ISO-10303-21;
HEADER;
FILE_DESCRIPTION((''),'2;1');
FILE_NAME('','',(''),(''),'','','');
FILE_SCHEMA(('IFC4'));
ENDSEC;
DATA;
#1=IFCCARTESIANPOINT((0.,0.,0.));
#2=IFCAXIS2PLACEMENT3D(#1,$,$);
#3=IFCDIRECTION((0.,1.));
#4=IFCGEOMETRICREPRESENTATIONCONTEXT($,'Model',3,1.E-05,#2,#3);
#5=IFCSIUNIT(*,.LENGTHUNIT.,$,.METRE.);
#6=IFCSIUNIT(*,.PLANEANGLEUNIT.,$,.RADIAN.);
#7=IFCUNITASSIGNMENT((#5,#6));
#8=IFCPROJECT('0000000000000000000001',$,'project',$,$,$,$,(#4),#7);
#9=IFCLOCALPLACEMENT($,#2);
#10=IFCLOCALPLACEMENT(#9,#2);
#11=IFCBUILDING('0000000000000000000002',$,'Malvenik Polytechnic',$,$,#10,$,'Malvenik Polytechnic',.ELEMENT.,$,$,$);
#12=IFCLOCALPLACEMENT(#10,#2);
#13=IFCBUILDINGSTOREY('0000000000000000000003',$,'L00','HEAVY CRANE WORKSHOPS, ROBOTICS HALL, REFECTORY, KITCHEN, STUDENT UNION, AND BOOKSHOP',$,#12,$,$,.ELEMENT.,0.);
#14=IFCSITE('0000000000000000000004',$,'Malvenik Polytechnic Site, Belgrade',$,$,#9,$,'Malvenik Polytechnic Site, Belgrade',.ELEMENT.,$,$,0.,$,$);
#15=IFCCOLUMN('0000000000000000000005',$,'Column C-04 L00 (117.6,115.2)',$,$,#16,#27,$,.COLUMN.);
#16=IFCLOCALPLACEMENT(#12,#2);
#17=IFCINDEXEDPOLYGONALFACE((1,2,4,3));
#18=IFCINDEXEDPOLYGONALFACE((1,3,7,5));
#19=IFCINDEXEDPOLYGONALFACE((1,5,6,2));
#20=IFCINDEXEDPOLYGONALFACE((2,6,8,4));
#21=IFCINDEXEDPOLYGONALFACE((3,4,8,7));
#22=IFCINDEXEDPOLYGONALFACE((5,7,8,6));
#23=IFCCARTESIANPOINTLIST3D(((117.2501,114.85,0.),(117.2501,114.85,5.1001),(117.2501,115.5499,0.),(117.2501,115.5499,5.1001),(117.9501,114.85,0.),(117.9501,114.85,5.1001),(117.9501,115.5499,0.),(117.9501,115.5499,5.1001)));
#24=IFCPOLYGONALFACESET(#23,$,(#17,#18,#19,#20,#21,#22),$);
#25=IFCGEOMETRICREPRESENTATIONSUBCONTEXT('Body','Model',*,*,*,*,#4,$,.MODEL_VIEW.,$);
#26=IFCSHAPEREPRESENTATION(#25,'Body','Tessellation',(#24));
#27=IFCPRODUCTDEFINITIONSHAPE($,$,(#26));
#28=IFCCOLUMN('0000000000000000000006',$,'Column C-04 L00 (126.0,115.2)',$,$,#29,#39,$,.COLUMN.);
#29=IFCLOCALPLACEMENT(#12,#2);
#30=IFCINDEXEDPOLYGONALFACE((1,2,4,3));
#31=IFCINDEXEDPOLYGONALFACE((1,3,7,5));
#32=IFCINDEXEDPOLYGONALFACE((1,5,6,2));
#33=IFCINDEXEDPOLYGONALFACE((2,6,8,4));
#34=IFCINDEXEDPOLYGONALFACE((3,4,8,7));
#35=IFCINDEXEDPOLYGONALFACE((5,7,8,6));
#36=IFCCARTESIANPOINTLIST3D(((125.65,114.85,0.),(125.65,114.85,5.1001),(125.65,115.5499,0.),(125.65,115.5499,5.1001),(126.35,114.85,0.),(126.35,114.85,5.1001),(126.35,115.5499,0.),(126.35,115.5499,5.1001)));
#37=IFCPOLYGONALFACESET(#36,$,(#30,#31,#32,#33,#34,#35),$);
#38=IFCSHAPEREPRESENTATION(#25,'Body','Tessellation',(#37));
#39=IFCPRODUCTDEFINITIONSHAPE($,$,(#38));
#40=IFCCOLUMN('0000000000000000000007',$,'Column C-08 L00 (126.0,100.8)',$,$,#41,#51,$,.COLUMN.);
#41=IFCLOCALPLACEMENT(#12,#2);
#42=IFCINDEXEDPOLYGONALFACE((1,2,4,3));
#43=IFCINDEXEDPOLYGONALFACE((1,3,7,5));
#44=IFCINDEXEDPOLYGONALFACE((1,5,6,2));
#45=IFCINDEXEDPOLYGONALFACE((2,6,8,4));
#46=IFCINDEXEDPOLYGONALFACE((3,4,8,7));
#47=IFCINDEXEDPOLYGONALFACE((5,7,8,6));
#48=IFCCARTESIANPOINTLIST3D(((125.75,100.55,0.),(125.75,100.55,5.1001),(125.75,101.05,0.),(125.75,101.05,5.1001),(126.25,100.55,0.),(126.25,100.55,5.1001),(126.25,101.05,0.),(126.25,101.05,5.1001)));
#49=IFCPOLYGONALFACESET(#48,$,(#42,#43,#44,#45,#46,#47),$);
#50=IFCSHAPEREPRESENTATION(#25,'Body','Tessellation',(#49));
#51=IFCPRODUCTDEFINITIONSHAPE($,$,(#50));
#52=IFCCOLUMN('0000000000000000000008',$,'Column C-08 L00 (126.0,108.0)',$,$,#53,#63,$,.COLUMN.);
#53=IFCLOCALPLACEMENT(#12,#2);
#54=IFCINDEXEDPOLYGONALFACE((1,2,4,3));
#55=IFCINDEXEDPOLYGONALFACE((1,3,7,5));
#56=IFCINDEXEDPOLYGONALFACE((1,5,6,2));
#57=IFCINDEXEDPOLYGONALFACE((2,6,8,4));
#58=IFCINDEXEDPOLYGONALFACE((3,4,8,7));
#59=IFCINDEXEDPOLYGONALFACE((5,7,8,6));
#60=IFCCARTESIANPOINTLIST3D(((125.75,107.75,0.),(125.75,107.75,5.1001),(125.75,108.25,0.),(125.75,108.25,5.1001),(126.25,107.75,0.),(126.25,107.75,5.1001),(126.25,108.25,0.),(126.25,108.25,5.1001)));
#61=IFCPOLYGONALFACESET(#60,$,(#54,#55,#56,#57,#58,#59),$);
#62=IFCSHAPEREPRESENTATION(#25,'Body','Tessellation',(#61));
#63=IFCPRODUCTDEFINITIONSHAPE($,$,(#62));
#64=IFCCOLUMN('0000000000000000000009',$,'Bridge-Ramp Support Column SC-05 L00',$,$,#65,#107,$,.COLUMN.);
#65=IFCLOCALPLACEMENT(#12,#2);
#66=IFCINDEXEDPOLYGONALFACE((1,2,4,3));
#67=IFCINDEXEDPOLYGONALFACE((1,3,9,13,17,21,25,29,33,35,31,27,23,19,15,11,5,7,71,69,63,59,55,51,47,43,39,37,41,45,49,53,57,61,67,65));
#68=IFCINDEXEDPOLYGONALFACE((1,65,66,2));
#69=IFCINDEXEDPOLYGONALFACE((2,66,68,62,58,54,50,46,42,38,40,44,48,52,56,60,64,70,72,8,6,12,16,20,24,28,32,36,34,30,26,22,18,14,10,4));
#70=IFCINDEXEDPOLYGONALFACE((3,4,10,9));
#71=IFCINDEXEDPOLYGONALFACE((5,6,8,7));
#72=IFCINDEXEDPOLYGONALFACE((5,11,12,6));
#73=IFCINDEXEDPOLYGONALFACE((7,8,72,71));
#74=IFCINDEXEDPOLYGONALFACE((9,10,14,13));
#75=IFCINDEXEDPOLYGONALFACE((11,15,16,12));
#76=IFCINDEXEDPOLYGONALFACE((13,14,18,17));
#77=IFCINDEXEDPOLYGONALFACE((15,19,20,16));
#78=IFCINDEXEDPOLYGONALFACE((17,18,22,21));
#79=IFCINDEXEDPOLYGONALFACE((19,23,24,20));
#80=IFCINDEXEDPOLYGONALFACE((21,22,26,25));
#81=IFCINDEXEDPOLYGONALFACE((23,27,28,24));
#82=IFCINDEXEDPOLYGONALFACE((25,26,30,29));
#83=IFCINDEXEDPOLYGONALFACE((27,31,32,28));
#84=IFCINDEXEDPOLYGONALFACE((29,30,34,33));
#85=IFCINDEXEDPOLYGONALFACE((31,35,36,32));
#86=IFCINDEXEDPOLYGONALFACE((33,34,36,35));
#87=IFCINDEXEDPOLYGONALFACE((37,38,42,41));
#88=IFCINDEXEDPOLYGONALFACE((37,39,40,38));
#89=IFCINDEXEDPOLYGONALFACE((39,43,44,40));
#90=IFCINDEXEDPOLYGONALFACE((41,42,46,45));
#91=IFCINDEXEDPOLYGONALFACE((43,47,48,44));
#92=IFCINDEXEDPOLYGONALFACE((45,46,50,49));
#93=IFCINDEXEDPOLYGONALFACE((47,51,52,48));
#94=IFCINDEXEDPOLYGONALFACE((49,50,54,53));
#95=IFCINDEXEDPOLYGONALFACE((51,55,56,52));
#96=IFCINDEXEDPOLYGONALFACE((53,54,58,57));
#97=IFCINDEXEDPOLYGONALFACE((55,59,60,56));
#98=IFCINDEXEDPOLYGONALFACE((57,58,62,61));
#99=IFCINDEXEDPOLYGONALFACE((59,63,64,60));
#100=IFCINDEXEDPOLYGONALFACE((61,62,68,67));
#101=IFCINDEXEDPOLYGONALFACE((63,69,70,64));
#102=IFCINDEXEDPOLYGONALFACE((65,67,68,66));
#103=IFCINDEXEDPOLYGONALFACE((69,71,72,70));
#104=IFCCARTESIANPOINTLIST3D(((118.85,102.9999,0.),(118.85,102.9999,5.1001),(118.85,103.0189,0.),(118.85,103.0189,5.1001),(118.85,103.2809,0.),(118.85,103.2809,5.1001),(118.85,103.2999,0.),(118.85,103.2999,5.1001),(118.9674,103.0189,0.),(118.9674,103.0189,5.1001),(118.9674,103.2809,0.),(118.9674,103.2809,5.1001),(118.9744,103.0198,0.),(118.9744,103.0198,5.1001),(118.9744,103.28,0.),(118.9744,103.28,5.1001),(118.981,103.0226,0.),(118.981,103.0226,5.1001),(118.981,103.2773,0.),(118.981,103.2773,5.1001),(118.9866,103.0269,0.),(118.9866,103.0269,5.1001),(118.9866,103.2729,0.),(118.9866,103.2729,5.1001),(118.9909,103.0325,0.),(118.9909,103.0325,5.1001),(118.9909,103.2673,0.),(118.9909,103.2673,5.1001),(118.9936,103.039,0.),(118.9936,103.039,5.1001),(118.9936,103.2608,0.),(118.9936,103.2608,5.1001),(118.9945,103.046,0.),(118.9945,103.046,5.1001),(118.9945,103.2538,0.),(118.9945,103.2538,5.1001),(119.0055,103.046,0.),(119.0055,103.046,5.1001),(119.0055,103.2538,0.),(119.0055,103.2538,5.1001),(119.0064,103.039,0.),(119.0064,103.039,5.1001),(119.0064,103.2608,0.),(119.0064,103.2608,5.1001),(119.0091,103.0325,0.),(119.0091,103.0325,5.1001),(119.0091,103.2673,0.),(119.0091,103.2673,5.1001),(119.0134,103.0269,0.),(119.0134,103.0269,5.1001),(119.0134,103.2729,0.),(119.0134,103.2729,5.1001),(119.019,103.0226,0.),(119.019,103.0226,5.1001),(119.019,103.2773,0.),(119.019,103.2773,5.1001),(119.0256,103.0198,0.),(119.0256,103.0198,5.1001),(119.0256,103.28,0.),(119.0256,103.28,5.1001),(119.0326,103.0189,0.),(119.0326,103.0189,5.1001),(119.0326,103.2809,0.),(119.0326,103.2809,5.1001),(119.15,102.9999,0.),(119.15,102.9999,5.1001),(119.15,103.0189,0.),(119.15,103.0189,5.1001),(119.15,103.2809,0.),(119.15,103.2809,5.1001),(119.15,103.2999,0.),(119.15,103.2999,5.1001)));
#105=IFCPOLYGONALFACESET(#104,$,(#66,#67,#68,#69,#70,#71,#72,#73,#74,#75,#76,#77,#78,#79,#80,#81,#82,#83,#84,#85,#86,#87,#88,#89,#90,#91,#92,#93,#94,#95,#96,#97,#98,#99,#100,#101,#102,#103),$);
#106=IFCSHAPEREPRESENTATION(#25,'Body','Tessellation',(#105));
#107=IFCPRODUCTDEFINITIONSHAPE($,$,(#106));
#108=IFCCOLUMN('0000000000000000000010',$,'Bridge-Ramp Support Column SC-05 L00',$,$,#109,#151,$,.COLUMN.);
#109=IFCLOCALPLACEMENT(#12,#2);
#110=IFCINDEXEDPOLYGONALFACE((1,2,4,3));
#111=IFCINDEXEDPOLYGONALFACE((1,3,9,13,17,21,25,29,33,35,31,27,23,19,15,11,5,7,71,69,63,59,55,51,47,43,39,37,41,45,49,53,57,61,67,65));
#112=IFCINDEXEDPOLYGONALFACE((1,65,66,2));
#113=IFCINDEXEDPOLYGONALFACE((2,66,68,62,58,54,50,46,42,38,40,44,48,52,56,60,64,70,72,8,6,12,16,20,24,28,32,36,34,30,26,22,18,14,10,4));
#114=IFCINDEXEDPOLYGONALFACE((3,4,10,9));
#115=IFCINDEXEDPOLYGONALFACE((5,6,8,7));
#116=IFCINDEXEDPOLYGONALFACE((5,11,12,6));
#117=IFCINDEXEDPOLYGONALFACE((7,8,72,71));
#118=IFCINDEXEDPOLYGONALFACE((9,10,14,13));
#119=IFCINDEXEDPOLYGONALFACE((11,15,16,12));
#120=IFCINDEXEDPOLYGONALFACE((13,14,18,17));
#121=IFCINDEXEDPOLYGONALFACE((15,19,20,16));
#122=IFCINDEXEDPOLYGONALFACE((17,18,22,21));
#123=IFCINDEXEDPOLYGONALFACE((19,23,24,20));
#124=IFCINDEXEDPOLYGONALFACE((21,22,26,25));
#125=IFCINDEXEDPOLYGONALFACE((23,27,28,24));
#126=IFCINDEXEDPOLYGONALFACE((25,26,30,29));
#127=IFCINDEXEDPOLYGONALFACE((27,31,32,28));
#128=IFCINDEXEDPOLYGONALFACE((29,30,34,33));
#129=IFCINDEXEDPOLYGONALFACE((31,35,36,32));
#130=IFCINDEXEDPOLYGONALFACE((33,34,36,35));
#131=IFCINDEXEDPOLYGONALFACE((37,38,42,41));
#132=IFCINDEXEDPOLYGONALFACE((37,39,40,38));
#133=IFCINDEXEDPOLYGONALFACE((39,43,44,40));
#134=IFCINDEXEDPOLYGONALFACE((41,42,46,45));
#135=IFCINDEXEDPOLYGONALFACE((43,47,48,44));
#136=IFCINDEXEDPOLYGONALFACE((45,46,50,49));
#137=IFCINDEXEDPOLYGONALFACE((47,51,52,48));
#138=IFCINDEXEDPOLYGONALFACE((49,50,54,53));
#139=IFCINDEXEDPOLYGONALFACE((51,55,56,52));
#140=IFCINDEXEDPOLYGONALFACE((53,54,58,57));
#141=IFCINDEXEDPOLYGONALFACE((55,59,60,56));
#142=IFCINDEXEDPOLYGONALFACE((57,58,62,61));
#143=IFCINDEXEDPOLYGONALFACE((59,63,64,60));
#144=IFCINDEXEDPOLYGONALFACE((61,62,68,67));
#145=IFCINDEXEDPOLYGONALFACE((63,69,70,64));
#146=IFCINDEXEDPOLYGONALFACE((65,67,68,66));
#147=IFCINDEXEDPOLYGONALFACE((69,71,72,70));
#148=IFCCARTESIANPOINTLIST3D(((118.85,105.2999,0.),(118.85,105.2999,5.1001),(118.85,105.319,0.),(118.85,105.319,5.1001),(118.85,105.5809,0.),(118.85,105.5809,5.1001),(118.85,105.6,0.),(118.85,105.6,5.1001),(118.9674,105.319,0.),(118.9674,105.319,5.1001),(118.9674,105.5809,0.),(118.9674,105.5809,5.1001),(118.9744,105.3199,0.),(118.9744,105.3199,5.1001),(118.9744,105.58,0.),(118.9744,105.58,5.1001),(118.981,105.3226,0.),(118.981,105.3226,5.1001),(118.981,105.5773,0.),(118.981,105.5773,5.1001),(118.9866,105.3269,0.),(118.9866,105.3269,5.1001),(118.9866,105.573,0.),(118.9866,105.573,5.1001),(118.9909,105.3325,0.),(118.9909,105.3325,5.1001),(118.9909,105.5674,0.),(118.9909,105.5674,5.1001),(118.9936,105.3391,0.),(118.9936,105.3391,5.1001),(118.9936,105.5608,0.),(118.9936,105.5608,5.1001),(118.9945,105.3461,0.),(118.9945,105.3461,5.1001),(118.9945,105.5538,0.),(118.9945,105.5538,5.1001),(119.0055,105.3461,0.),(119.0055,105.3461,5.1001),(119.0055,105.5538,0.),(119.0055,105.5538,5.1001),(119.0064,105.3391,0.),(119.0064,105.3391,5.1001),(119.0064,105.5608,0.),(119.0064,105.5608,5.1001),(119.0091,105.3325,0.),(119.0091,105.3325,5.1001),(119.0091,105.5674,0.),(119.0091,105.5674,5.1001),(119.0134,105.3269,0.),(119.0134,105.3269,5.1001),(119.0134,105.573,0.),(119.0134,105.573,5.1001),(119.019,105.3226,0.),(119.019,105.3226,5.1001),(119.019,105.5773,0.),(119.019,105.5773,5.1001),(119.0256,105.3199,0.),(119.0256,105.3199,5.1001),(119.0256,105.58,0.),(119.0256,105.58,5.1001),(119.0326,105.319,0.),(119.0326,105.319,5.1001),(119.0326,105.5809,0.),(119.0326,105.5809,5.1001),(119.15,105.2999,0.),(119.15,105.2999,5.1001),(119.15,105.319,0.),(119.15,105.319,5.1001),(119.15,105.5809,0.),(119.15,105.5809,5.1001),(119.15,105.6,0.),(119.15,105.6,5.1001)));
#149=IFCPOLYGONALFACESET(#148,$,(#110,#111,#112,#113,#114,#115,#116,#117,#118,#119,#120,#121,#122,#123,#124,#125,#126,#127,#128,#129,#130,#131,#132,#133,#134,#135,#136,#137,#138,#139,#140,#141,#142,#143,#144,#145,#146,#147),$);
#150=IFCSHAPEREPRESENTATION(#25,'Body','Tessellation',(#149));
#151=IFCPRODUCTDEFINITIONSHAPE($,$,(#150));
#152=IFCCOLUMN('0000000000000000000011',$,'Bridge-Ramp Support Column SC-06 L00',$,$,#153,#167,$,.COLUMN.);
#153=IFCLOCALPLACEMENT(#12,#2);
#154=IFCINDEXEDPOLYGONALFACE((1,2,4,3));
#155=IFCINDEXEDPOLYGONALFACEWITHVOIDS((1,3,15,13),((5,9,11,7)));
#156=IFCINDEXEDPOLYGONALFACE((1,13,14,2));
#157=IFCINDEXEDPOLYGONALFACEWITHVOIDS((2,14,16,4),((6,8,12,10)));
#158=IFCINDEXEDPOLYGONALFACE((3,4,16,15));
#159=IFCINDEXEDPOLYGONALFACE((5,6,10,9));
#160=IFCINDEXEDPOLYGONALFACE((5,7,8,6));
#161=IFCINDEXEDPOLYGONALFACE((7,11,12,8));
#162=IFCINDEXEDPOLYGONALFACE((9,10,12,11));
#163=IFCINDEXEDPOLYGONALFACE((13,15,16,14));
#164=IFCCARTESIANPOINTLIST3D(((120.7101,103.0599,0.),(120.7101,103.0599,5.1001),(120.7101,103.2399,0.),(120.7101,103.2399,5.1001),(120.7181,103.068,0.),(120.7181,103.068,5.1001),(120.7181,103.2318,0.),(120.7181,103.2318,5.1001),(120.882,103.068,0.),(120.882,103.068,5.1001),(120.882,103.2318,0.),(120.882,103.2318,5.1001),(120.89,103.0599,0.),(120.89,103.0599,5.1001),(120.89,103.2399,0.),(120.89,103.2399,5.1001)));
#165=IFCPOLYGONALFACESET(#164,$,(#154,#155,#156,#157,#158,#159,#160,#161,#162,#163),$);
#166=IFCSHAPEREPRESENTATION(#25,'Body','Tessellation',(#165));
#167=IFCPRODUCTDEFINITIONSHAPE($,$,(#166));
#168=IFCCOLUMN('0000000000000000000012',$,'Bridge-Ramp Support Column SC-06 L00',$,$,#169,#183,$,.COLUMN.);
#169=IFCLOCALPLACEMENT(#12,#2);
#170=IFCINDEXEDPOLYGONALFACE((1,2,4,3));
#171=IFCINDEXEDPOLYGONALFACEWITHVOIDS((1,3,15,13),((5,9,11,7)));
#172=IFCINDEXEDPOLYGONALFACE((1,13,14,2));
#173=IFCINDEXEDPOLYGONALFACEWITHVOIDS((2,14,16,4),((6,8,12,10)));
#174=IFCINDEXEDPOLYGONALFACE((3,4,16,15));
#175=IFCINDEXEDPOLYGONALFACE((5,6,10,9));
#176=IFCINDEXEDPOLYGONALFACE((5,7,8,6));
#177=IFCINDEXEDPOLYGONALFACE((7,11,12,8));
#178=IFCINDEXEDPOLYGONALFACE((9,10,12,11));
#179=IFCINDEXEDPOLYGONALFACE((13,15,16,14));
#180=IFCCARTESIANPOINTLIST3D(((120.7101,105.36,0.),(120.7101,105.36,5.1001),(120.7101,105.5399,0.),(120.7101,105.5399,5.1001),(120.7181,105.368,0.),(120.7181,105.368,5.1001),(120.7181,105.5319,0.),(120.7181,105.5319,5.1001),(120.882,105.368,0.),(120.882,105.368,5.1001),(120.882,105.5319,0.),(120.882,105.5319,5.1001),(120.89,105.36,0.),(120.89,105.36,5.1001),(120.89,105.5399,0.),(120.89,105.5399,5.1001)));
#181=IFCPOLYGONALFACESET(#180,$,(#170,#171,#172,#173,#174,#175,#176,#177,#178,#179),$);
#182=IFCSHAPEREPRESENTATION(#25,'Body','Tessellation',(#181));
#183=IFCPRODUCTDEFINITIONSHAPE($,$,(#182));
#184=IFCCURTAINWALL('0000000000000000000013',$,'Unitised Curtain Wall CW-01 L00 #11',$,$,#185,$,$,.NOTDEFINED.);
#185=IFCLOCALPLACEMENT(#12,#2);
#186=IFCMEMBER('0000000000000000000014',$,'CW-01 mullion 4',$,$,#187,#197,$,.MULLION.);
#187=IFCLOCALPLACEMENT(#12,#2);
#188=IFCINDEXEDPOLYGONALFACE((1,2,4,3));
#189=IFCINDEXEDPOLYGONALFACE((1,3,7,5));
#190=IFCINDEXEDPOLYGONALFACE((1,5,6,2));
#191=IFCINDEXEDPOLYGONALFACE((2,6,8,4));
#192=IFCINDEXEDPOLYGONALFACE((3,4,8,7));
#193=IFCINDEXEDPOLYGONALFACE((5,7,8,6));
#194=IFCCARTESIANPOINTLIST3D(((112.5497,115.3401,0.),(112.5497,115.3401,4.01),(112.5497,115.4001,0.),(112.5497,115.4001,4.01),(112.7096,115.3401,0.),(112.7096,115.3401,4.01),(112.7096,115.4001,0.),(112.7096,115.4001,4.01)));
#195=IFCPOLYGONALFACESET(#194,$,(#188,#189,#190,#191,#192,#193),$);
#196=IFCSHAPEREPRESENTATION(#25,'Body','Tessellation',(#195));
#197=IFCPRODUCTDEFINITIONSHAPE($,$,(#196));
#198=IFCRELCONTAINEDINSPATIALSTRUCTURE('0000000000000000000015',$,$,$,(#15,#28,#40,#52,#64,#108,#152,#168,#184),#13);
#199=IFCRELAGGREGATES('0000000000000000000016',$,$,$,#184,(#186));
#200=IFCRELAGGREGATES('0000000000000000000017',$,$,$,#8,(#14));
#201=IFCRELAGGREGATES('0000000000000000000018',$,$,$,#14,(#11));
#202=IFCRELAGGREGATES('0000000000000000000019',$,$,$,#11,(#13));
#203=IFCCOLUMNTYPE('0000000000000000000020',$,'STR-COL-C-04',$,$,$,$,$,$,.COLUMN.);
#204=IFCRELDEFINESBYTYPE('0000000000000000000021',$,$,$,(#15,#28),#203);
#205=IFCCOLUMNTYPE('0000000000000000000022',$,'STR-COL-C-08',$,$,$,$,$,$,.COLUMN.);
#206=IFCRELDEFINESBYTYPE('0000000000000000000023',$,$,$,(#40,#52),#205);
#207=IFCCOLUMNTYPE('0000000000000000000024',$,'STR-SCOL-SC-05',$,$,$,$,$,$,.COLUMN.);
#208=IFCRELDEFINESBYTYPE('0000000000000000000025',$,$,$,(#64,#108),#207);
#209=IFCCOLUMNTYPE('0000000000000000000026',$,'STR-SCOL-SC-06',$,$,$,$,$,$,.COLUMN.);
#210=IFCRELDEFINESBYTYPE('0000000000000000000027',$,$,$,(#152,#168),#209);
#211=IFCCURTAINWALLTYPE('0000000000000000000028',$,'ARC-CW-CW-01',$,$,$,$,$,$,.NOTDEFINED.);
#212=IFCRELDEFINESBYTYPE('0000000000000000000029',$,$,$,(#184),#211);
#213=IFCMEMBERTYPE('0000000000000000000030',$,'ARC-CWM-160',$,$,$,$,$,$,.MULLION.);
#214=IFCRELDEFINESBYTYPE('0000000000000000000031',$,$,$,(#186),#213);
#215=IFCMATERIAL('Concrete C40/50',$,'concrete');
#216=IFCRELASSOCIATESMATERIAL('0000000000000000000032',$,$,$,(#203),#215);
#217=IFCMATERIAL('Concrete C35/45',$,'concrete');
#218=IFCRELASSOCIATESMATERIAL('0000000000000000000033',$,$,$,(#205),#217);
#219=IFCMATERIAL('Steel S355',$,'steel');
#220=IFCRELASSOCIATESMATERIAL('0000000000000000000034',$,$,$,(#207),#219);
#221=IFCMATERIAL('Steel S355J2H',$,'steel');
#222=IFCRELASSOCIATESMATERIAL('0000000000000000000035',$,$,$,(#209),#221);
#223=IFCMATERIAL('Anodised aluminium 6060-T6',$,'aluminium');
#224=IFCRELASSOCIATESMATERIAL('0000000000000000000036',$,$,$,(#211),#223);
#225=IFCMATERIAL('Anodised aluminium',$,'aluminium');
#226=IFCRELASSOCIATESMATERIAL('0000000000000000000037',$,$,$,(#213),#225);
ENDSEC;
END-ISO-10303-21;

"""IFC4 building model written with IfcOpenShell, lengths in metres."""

from ifc_helpers import new_model, si_unit, direction, frame, origin, origin_2d, place, context, subcontext, project, spatial, rectangle, hollow_rectangle, i_section, extrude, material, material_profile, profile_set, type_object, element, aggregate, save


model = new_model("IFC4")

# Units and contexts
model_context = context("Model", 3, precision=1e-05, world=origin(), true_north=direction((0.0, 1.0)))
body_context = subcontext(model_context, "Body", "Model", "MODEL_VIEW")
ifc_project = project(units=[si_unit("LENGTHUNIT", "METRE"), si_unit("PLANEANGLEUNIT", "RADIAN")], contexts=[model_context])

# Site, building, storey
site_placement = place(None, origin())
site = spatial("IfcSite", under=ifc_project, at=site_placement, Name="Malvenik Polytechnic Site, Belgrade", LongName="Malvenik Polytechnic Site, Belgrade", CompositionType="ELEMENT", RefElevation=0.0)
building_placement = place(site_placement, origin())
building = spatial("IfcBuilding", under=site, at=building_placement, Name="Malvenik Polytechnic", LongName="Malvenik Polytechnic", CompositionType="ELEMENT")
storey_placement = place(building_placement, origin())
storey = spatial("IfcBuildingStorey", under=building, at=storey_placement, Name="L00", Description="HEAVY CRANE WORKSHOPS, ROBOTICS HALL, REFECTORY, KITCHEN, STUDENT UNION, AND BOOKSHOP", CompositionType="ELEMENT", Elevation=0.0)

# Columns
ifc_material_1 = material(Name="Concrete C40/50", Category="concrete")
ifc_material_profile_1 = material_profile(ifc_material_1, rectangle(XDim=0.7, YDim=0.7, at=origin_2d()), Name="RC COL 700x700")
ifc_profile_set_1 = profile_set([ifc_material_profile_1], Name="Concrete C40/50")
column_type_1 = type_object("IfcColumnType", Name="STR-COL-C-04", PredefinedType="COLUMN", material=ifc_profile_set_1)
for number, where, z_axis, x_axis, name in (
    (1, (117.6001, 115.2, 0.0), (0.0, 0.0, 1.0), (1.0, 0.0, 0.0), "Column C-04 L00 (117.6,115.2)"),
    (2, (126.0, 115.2, 0.0), (0.0, 0.0, 1.0), (1.0, 0.0, 0.0), "Column C-04 L00 (126.0,115.2)"),
):
    element("IfcColumn", number, at=place(storey_placement, frame(where, z_axis=z_axis, x_axis=x_axis)), inside=storey, type_object=column_type_1, Name=name, PredefinedType="COLUMN", context=body_context, shape_type="SweptSolid", body=[
        extrude(rectangle(XDim=0.7, YDim=0.7, at=origin_2d()), origin(), (0.0, 0.0, 1.0), 5.1001),
    ])
ifc_material_2 = material(Name="Concrete C35/45", Category="concrete")
ifc_material_profile_2 = material_profile(ifc_material_2, rectangle(XDim=0.5, YDim=0.5, at=origin_2d()), Name="RC COL 500x500")
ifc_profile_set_2 = profile_set([ifc_material_profile_2], Name="Concrete C35/45")
column_type_2 = type_object("IfcColumnType", Name="STR-COL-C-08", PredefinedType="COLUMN", material=ifc_profile_set_2)
for number, where, z_axis, x_axis, name in (
    (3, (126.0, 100.8, 0.0), (0.0, 0.0, 1.0), (1.0, 0.0, 0.0), "Column C-08 L00 (126.0,100.8)"),
    (4, (126.0, 108.0, 0.0), (0.0, 0.0, 1.0), (1.0, 0.0, 0.0), "Column C-08 L00 (126.0,108.0)"),
):
    element("IfcColumn", number, at=place(storey_placement, frame(where, z_axis=z_axis, x_axis=x_axis)), inside=storey, type_object=column_type_2, Name=name, PredefinedType="COLUMN", context=body_context, shape_type="SweptSolid", body=[
        extrude(rectangle(XDim=0.5, YDim=0.5, at=origin_2d()), origin(), (0.0, 0.0, 1.0), 5.1001),
    ])
ifc_material_3 = material(Name="Steel S355", Category="steel")
ifc_material_profile_3 = material_profile(ifc_material_3, i_section(OverallWidth=0.3, OverallDepth=0.3, WebThickness=0.011, FlangeThickness=0.019, FilletRadius=0.0271, at=origin_2d()), Name="HEB 300")
ifc_profile_set_3 = profile_set([ifc_material_profile_3], Name="Steel S355")
column_type_3 = type_object("IfcColumnType", Name="STR-SCOL-SC-05", PredefinedType="COLUMN", material=ifc_profile_set_3)
for number, where, z_axis, x_axis, name in (
    (5, (119.0, 103.1499, 0.0), (0.0, 0.0, 1.0), (1.0, 0.0, 0.0), "Bridge-Ramp Support Column SC-05 L00"),
    (6, (119.0, 105.45, 0.0), (0.0, 0.0, 1.0), (1.0, 0.0, 0.0), "Bridge-Ramp Support Column SC-05 L00"),
):
    element("IfcColumn", number, at=place(storey_placement, frame(where, z_axis=z_axis, x_axis=x_axis)), inside=storey, type_object=column_type_3, Name=name, PredefinedType="COLUMN", context=body_context, shape_type="SweptSolid", body=[
        extrude(i_section(OverallWidth=0.3, OverallDepth=0.3, WebThickness=0.011, FlangeThickness=0.019, FilletRadius=0.0271, at=origin_2d()), origin(), (0.0, 0.0, 1.0), 5.1001),
    ])
ifc_material_4 = material(Name="Steel S355J2H", Category="steel")
ifc_material_profile_4 = material_profile(ifc_material_4, hollow_rectangle(XDim=0.1799, YDim=0.1799, WallThickness=0.0081, at=origin_2d()), Name="SHS 180x180x8.0")
ifc_profile_set_4 = profile_set([ifc_material_profile_4], Name="Steel S355J2H")
column_type_4 = type_object("IfcColumnType", Name="STR-SCOL-SC-06", PredefinedType="COLUMN", material=ifc_profile_set_4)
for number, where, z_axis, x_axis, name in (
    (7, (120.8, 103.1499, 0.0), (0.0, 0.0, 1.0), (1.0, 0.0, 0.0), "Bridge-Ramp Support Column SC-06 L00"),
    (8, (120.8, 105.45, 0.0), (0.0, 0.0, 1.0), (1.0, 0.0, 0.0), "Bridge-Ramp Support Column SC-06 L00"),
):
    element("IfcColumn", number, at=place(storey_placement, frame(where, z_axis=z_axis, x_axis=x_axis)), inside=storey, type_object=column_type_4, Name=name, PredefinedType="COLUMN", context=body_context, shape_type="SweptSolid", body=[
        extrude(hollow_rectangle(XDim=0.1799, YDim=0.1799, WallThickness=0.0081, at=origin_2d()), origin(), (0.0, 0.0, 1.0), 5.1001),
    ])

# Curtain wall, member
ifc_material_5 = material(Name="Anodised aluminium 6060-T6", Category="aluminium")
curtain_wall_type = type_object("IfcCurtainWallType", Name="ARC-CW-CW-01", PredefinedType="NOTDEFINED", material=ifc_material_5)
curtain_wall_placement = place(storey_placement, origin())
curtain_wall = element("IfcCurtainWall", 9, at=curtain_wall_placement, inside=storey, type_object=curtain_wall_type, Name="Unitised Curtain Wall CW-01 L00 #11", PredefinedType="NOTDEFINED")
ifc_material_6 = material(Name="Anodised aluminium", Category="aluminium")
ifc_material_profile_5 = material_profile(ifc_material_6, rectangle(XDim=0.0601, YDim=0.1599, at=origin_2d()), Name="ALU MULLION 60x160")
ifc_profile_set_5 = profile_set([ifc_material_profile_5], Name="Anodised aluminium")
member_type_1 = type_object("IfcMemberType", Name="ARC-CWM-160", PredefinedType="MULLION", material=ifc_profile_set_5)
member_1_placement = place(storey_placement, frame((112.6296, 115.3701, 0.0), z_axis=(0.0, 0.0, 1.0), x_axis=(0.0, -1.0, 0.0)))
member_1 = element("IfcMember", 10, at=member_1_placement, type_object=member_type_1, Name="CW-01 mullion 4", PredefinedType="MULLION", context=body_context, shape_type="SweptSolid", body=[
    extrude(rectangle(XDim=0.0601, YDim=0.1599, at=origin_2d()), origin(), (0.0, 0.0, 1.0), 4.01),
])

aggregate(curtain_wall, [member_1])

save(model, "model.ifc")
